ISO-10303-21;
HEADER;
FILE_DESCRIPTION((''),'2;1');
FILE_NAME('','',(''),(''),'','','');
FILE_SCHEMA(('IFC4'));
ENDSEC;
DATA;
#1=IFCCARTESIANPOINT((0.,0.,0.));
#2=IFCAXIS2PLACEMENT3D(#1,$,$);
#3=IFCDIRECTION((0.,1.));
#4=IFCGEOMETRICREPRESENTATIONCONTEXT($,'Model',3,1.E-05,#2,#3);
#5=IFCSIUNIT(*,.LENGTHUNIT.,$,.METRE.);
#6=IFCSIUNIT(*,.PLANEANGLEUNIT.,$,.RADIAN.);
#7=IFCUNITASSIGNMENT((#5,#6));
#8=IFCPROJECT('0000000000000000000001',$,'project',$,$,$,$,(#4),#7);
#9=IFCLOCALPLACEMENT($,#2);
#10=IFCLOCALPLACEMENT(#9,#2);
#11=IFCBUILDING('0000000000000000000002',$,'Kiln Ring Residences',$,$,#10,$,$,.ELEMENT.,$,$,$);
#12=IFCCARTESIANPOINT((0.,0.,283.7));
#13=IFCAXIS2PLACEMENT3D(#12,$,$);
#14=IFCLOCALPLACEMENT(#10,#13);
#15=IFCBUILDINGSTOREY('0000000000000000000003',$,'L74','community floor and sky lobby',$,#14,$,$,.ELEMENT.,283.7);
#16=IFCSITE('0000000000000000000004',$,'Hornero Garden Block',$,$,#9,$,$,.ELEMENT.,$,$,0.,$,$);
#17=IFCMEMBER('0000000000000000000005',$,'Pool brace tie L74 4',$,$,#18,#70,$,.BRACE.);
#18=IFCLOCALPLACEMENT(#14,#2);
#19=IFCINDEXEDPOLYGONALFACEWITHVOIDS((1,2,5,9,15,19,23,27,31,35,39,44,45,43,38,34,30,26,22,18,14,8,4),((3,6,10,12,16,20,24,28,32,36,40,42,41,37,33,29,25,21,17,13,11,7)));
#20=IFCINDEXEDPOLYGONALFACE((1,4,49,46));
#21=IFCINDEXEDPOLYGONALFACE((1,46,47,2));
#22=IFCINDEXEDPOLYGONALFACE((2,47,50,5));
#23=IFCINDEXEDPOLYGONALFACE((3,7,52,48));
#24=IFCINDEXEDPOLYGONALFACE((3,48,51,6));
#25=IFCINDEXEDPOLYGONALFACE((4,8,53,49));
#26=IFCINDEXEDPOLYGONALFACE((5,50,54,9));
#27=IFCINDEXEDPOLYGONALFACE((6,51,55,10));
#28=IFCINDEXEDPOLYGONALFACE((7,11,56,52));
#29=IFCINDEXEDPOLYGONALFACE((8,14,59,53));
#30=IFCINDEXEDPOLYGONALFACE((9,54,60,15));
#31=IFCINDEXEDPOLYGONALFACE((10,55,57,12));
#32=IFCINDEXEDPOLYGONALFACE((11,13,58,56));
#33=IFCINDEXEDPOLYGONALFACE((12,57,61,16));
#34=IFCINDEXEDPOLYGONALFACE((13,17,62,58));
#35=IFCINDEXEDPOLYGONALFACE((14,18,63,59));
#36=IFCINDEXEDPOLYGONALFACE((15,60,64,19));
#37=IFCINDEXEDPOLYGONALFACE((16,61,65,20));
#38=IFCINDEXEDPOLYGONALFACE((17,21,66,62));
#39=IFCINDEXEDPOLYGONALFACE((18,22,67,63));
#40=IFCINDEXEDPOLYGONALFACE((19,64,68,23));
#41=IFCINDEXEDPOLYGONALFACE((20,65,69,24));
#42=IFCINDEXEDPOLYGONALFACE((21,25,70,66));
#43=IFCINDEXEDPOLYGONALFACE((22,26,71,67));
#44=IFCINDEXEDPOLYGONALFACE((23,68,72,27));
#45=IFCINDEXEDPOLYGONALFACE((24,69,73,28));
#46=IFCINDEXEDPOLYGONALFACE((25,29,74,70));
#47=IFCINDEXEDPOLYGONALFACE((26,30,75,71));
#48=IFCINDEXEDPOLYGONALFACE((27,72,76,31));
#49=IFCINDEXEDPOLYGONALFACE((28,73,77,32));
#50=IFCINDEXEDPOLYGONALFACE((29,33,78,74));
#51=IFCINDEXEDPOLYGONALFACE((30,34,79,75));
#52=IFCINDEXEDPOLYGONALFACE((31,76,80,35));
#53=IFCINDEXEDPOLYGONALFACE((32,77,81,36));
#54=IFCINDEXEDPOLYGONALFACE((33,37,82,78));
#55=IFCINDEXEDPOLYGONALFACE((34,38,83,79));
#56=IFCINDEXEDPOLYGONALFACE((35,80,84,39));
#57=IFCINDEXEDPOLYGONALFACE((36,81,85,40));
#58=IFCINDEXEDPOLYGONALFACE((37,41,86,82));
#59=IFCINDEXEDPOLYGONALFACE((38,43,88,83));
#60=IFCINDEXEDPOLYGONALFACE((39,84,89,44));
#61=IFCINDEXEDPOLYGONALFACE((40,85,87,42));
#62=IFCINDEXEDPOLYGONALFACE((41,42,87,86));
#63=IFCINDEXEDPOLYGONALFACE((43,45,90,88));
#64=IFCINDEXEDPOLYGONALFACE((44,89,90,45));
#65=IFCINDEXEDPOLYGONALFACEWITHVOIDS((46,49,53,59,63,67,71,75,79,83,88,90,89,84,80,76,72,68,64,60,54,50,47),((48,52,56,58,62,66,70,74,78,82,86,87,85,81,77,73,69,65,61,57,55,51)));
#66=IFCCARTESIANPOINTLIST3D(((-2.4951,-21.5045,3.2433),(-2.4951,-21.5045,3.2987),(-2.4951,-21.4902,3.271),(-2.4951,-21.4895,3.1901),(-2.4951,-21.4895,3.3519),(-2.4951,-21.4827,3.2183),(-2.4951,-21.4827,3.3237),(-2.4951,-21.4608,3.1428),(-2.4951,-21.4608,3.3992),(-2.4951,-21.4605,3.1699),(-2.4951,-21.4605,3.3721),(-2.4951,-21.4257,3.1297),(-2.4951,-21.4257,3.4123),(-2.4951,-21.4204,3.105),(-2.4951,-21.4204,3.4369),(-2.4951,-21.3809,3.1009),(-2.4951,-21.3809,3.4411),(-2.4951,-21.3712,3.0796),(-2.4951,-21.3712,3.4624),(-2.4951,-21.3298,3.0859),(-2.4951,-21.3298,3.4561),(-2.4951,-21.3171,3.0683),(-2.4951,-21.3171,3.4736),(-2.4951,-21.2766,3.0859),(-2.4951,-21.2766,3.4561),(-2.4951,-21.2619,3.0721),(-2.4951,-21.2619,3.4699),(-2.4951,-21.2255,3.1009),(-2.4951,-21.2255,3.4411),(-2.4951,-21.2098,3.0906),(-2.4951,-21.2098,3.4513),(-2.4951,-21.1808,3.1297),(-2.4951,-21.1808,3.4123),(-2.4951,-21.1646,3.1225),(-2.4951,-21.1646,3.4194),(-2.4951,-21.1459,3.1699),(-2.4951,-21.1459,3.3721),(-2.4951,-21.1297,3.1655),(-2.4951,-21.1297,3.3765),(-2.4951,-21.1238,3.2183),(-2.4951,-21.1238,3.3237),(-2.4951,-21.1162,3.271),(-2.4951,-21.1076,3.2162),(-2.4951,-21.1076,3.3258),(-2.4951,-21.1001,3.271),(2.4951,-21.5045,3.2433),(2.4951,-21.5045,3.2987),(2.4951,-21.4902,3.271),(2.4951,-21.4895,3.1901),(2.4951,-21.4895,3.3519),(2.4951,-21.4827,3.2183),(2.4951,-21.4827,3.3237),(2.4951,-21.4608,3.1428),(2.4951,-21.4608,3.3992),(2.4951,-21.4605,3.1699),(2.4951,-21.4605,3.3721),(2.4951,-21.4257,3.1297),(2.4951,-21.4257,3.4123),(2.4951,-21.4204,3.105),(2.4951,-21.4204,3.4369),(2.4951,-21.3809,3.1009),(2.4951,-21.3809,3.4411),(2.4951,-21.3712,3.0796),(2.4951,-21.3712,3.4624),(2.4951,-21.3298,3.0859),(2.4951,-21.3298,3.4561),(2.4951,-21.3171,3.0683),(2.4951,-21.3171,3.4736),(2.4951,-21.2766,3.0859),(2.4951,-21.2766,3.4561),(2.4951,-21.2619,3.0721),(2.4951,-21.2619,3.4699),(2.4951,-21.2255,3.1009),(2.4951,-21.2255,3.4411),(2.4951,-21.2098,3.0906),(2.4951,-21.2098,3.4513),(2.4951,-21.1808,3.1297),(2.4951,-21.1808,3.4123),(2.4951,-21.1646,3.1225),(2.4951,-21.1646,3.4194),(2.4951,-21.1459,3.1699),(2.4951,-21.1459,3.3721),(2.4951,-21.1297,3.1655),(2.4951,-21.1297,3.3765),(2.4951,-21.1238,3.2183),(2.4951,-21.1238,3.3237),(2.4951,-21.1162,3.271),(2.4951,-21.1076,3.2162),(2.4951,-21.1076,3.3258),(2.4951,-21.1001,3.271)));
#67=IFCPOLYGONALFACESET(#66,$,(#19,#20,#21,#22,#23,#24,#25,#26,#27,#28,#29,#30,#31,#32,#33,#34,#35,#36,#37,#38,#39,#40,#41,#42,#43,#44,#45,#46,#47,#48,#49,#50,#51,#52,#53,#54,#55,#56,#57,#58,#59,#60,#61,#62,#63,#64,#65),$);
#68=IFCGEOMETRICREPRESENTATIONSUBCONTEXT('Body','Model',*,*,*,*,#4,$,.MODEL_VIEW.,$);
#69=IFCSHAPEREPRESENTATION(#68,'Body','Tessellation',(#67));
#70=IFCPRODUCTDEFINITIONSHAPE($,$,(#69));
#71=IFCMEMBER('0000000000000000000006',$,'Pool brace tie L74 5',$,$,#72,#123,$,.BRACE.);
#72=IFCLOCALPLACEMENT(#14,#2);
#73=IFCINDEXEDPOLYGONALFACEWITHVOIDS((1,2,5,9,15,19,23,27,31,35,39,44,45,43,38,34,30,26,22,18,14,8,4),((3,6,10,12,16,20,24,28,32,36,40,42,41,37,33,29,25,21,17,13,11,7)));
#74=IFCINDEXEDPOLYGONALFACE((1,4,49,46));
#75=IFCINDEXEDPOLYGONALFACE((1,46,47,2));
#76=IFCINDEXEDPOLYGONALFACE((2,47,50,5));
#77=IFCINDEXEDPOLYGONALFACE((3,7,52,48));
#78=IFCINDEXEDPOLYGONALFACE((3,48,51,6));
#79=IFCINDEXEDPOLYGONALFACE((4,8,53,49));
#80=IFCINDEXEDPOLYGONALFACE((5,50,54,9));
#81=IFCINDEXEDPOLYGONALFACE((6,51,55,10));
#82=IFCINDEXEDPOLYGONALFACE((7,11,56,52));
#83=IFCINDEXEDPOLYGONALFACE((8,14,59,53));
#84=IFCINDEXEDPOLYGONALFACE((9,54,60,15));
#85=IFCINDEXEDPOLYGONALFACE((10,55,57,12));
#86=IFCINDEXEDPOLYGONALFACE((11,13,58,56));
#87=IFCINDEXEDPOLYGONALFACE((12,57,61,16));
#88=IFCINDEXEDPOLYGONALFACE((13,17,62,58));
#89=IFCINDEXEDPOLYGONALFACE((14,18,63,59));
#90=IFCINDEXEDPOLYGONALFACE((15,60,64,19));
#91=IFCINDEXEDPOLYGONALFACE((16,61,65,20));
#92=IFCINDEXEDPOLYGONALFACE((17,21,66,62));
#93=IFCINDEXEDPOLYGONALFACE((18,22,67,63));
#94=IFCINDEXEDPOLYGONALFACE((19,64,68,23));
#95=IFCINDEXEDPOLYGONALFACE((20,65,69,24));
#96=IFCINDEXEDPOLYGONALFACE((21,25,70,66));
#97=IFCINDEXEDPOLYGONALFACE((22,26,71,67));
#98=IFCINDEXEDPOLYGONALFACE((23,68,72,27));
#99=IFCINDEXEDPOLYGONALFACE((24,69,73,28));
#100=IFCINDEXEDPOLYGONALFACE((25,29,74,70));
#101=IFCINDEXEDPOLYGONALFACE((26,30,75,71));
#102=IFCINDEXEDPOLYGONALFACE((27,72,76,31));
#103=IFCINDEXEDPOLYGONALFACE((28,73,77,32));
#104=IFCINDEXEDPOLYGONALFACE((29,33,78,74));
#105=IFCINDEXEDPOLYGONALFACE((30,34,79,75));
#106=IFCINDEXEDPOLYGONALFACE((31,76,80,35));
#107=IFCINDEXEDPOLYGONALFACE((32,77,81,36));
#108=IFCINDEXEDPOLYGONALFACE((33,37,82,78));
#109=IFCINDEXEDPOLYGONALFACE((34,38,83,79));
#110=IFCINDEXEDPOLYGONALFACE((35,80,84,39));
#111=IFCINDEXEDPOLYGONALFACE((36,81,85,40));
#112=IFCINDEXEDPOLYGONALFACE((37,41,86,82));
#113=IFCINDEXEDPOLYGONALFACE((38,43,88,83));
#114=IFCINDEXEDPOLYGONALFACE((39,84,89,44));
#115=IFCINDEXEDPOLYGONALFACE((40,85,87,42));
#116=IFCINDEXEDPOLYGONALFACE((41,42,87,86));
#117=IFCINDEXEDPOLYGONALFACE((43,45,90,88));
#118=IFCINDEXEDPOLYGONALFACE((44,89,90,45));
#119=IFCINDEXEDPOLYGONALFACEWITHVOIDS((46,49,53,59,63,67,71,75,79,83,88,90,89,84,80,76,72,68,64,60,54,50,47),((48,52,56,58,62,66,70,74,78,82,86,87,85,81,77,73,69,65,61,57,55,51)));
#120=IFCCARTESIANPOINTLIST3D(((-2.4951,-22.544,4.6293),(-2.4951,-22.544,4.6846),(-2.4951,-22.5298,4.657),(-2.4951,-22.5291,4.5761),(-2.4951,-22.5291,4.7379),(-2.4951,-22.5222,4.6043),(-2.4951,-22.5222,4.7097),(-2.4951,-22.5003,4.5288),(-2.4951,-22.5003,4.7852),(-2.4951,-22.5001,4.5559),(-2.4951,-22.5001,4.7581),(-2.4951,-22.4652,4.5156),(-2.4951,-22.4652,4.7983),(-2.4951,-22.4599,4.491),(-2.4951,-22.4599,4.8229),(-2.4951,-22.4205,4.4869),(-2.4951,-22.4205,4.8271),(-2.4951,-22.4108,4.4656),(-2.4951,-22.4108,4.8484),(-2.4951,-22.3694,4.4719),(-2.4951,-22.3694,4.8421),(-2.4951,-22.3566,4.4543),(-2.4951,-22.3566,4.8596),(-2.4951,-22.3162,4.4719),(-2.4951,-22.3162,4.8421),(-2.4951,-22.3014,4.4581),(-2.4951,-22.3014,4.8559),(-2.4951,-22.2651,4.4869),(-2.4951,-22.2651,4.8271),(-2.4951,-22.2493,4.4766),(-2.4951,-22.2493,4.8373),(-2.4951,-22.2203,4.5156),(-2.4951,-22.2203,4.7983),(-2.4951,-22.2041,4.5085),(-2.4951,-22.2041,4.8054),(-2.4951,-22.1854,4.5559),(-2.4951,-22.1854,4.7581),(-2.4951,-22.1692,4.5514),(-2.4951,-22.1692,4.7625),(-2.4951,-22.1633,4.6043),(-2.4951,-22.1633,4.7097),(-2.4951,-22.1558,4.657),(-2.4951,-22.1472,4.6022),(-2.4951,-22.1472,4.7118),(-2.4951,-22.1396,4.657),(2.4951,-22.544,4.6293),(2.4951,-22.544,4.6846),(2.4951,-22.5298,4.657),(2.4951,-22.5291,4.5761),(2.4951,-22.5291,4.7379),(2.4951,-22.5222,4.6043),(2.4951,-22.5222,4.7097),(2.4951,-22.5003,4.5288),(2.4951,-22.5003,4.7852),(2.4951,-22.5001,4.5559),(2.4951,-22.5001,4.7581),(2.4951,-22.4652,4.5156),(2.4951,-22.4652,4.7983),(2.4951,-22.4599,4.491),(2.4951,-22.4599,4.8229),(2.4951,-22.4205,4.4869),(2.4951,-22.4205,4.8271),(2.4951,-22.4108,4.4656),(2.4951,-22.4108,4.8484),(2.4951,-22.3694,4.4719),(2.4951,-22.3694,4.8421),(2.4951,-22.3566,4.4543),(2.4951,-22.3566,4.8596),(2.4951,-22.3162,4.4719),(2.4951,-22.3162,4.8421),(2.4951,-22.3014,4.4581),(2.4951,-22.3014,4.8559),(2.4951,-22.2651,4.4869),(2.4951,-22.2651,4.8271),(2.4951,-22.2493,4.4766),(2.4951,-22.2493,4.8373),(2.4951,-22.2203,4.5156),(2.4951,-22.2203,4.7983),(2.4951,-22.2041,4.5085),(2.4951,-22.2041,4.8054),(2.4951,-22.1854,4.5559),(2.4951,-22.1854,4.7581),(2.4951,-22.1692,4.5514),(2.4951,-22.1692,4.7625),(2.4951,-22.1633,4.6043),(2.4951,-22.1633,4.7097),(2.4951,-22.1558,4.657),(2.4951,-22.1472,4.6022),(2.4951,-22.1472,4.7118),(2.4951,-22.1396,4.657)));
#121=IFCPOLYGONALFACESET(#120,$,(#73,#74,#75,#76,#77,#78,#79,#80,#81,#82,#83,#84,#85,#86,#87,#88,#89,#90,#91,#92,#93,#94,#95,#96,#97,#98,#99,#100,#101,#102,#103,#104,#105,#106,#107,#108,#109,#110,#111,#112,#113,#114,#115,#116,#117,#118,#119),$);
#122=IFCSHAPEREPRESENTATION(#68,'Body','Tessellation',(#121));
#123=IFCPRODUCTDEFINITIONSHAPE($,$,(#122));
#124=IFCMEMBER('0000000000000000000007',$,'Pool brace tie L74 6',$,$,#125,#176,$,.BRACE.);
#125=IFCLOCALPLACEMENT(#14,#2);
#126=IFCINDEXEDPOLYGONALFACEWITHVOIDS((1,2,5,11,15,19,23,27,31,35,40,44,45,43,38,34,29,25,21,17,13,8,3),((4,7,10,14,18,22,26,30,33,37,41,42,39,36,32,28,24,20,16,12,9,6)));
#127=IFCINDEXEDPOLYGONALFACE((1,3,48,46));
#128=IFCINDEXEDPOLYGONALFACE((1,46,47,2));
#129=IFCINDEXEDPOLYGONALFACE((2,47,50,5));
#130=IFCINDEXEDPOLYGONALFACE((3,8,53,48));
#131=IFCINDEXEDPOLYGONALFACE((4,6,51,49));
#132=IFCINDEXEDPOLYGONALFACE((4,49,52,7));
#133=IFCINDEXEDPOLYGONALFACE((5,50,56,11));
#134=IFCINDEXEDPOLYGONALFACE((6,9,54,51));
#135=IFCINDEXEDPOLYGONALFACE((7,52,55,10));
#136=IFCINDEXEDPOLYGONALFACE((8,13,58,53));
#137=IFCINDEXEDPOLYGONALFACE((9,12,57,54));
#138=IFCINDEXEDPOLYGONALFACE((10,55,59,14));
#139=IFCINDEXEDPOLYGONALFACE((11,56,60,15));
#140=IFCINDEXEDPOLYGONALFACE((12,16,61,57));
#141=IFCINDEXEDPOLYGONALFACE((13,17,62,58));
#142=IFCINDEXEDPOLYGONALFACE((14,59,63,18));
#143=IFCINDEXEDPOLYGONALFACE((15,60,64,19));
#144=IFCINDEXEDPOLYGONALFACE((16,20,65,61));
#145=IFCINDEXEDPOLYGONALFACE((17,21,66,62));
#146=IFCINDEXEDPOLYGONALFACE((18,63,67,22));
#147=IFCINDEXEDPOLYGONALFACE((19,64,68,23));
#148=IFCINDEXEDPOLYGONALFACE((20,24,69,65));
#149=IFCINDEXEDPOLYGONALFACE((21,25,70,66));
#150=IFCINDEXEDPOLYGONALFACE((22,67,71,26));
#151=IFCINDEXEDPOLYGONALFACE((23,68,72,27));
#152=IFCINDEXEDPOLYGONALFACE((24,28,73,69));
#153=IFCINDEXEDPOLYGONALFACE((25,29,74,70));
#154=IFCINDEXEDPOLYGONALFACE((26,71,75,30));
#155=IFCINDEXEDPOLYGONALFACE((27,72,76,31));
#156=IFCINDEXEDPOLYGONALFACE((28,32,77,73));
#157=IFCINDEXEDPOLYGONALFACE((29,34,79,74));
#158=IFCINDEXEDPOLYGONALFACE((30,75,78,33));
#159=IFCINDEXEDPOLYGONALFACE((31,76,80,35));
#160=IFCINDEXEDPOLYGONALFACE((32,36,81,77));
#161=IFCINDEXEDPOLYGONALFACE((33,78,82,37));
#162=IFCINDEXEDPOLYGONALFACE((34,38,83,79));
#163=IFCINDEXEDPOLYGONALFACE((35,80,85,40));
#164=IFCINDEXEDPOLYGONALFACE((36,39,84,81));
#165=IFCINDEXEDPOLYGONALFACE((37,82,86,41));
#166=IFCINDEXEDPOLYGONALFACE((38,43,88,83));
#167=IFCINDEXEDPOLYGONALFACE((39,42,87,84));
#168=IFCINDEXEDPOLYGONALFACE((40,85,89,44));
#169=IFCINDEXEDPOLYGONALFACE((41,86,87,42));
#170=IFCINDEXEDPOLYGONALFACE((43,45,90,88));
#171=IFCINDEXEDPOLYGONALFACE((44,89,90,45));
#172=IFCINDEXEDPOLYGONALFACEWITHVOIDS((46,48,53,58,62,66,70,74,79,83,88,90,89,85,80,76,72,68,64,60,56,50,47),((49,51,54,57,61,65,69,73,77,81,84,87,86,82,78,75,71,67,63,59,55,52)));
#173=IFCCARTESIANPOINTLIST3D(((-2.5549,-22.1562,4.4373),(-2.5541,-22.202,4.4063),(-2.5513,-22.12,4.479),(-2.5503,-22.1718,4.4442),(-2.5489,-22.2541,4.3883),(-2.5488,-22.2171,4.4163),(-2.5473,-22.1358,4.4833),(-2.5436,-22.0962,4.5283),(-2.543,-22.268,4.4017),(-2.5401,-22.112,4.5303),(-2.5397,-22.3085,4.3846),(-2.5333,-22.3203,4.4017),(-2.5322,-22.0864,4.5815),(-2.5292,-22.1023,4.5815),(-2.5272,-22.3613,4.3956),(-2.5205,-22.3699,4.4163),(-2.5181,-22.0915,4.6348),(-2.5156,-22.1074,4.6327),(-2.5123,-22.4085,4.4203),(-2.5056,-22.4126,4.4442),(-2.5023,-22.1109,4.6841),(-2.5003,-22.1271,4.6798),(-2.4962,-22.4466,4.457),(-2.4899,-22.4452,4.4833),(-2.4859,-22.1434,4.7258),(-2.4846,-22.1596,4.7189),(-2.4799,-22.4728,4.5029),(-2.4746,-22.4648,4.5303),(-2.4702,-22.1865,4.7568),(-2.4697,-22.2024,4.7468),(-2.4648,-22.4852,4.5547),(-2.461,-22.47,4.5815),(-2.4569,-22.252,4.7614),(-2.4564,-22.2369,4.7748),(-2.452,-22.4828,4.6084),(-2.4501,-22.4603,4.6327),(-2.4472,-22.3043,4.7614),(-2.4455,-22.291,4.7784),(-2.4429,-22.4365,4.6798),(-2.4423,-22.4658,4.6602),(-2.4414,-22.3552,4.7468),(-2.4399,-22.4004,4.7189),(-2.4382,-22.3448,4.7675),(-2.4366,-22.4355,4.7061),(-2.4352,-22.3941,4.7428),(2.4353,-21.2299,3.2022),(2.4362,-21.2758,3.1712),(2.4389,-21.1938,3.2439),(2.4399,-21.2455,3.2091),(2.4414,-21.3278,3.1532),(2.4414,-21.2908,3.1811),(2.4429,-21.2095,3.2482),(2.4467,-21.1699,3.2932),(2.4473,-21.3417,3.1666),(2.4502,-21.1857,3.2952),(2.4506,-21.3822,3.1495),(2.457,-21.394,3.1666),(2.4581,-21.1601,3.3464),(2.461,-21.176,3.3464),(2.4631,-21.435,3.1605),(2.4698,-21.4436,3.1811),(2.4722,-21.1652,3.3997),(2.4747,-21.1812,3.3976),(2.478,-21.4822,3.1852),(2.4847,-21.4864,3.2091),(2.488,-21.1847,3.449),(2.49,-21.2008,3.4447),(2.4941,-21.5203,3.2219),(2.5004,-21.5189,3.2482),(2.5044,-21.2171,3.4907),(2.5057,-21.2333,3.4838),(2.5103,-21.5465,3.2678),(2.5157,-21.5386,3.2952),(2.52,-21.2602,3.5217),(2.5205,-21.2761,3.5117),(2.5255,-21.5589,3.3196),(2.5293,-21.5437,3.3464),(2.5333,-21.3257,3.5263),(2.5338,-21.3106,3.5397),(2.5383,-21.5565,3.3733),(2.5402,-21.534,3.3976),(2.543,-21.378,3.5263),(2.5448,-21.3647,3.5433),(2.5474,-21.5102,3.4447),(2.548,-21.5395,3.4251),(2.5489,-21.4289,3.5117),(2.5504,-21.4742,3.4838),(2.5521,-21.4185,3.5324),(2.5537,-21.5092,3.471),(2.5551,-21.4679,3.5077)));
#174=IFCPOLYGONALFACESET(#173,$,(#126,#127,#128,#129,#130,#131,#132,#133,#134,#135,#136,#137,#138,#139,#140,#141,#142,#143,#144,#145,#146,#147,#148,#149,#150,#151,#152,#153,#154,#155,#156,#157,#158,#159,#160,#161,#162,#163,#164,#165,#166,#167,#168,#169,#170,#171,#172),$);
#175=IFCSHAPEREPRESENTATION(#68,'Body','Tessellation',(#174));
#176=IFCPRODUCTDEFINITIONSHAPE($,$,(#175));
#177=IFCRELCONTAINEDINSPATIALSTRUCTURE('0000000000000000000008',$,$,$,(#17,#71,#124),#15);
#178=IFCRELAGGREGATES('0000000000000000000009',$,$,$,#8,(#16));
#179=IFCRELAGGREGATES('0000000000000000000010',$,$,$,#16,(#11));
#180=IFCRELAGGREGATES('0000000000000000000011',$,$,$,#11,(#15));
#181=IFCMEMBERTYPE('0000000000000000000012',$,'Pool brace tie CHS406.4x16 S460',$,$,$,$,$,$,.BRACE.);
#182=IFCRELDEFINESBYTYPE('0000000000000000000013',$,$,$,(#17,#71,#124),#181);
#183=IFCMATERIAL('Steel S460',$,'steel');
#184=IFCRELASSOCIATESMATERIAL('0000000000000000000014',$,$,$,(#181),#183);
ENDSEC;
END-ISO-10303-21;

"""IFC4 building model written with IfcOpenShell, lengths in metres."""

from ifc_helpers import new_model, si_unit, direction, frame, origin, origin_2d, place, context, subcontext, project, spatial, hollow_circle, extrude, material, material_profile, profile_set, type_object, element, save


model = new_model("IFC4")

# Units and contexts
model_context = context("Model", 3, precision=1e-05, world=origin(), true_north=direction((0.0, 1.0)))
body_context = subcontext(model_context, "Body", "Model", "MODEL_VIEW")
ifc_project = project(units=[si_unit("LENGTHUNIT", "METRE"), si_unit("PLANEANGLEUNIT", "RADIAN")], contexts=[model_context])

# Site, building, storey
site_placement = place(None, origin())
site = spatial("IfcSite", under=ifc_project, at=site_placement, Name="Hornero Garden Block", CompositionType="ELEMENT", RefElevation=0.0)
building_placement = place(site_placement, origin())
building = spatial("IfcBuilding", under=site, at=building_placement, Name="Kiln Ring Residences", CompositionType="ELEMENT")
storey_placement = place(building_placement, frame((0.0, 0.0, 283.7)))
storey = spatial("IfcBuildingStorey", under=building, at=storey_placement, Name="L74", Description="community floor and sky lobby", CompositionType="ELEMENT", Elevation=283.7)

# Members
ifc_material_1 = material(Name="Steel S460", Category="steel")
ifc_material_profile_1 = material_profile(ifc_material_1, hollow_circle(Radius=0.2031, WallThickness=0.0161, at=origin_2d()), Name="CHS406.4x16")
ifc_profile_set_1 = profile_set([ifc_material_profile_1], Name="Steel S460")
member_type_1 = type_object("IfcMemberType", Name="Pool brace tie CHS406.4x16 S460", PredefinedType="BRACE", material=ifc_profile_set_1)
for number, where, z_axis, x_axis, name in (
    (1, (-2.4951, -21.3032, 3.271), (1.0, 0.0, 0.0), (0.0, 1.0, 0.0), "Pool brace tie L74 4"),
    (2, (-2.4951, -22.3428, 4.657), (1.0, 0.0, 0.0), (0.0, 1.0, 0.0), "Pool brace tie L74 5"),
):
    element("IfcMember", number, at=place(storey_placement, frame(where, z_axis=z_axis, x_axis=x_axis)), inside=storey, type_object=member_type_1, Name=name, PredefinedType="BRACE", context=body_context, shape_type="SweptSolid", body=[
        extrude(hollow_circle(Radius=0.2031, WallThickness=0.0161, at=origin_2d()), origin(), (0.0, 0.0, 1.0), 4.9902),
    ])
member_1_placement = place(storey_placement, frame((-2.4951, -22.2861, 4.5815), z_axis=(0.955326, 0.177324, -0.236448), x_axis=(-0.182499, 0.983206, 0.0)))
element("IfcMember", 3, at=member_1_placement, inside=storey, type_object=member_type_1, Name="Pool brace tie L74 6", PredefinedType="BRACE", context=body_context, shape_type="SweptSolid", body=[
    extrude(hollow_circle(Radius=0.2031, WallThickness=0.0161, at=origin_2d()), origin(), (0.0, 0.0, 1.0), 5.2236),
])

save(model, "model.ifc")
